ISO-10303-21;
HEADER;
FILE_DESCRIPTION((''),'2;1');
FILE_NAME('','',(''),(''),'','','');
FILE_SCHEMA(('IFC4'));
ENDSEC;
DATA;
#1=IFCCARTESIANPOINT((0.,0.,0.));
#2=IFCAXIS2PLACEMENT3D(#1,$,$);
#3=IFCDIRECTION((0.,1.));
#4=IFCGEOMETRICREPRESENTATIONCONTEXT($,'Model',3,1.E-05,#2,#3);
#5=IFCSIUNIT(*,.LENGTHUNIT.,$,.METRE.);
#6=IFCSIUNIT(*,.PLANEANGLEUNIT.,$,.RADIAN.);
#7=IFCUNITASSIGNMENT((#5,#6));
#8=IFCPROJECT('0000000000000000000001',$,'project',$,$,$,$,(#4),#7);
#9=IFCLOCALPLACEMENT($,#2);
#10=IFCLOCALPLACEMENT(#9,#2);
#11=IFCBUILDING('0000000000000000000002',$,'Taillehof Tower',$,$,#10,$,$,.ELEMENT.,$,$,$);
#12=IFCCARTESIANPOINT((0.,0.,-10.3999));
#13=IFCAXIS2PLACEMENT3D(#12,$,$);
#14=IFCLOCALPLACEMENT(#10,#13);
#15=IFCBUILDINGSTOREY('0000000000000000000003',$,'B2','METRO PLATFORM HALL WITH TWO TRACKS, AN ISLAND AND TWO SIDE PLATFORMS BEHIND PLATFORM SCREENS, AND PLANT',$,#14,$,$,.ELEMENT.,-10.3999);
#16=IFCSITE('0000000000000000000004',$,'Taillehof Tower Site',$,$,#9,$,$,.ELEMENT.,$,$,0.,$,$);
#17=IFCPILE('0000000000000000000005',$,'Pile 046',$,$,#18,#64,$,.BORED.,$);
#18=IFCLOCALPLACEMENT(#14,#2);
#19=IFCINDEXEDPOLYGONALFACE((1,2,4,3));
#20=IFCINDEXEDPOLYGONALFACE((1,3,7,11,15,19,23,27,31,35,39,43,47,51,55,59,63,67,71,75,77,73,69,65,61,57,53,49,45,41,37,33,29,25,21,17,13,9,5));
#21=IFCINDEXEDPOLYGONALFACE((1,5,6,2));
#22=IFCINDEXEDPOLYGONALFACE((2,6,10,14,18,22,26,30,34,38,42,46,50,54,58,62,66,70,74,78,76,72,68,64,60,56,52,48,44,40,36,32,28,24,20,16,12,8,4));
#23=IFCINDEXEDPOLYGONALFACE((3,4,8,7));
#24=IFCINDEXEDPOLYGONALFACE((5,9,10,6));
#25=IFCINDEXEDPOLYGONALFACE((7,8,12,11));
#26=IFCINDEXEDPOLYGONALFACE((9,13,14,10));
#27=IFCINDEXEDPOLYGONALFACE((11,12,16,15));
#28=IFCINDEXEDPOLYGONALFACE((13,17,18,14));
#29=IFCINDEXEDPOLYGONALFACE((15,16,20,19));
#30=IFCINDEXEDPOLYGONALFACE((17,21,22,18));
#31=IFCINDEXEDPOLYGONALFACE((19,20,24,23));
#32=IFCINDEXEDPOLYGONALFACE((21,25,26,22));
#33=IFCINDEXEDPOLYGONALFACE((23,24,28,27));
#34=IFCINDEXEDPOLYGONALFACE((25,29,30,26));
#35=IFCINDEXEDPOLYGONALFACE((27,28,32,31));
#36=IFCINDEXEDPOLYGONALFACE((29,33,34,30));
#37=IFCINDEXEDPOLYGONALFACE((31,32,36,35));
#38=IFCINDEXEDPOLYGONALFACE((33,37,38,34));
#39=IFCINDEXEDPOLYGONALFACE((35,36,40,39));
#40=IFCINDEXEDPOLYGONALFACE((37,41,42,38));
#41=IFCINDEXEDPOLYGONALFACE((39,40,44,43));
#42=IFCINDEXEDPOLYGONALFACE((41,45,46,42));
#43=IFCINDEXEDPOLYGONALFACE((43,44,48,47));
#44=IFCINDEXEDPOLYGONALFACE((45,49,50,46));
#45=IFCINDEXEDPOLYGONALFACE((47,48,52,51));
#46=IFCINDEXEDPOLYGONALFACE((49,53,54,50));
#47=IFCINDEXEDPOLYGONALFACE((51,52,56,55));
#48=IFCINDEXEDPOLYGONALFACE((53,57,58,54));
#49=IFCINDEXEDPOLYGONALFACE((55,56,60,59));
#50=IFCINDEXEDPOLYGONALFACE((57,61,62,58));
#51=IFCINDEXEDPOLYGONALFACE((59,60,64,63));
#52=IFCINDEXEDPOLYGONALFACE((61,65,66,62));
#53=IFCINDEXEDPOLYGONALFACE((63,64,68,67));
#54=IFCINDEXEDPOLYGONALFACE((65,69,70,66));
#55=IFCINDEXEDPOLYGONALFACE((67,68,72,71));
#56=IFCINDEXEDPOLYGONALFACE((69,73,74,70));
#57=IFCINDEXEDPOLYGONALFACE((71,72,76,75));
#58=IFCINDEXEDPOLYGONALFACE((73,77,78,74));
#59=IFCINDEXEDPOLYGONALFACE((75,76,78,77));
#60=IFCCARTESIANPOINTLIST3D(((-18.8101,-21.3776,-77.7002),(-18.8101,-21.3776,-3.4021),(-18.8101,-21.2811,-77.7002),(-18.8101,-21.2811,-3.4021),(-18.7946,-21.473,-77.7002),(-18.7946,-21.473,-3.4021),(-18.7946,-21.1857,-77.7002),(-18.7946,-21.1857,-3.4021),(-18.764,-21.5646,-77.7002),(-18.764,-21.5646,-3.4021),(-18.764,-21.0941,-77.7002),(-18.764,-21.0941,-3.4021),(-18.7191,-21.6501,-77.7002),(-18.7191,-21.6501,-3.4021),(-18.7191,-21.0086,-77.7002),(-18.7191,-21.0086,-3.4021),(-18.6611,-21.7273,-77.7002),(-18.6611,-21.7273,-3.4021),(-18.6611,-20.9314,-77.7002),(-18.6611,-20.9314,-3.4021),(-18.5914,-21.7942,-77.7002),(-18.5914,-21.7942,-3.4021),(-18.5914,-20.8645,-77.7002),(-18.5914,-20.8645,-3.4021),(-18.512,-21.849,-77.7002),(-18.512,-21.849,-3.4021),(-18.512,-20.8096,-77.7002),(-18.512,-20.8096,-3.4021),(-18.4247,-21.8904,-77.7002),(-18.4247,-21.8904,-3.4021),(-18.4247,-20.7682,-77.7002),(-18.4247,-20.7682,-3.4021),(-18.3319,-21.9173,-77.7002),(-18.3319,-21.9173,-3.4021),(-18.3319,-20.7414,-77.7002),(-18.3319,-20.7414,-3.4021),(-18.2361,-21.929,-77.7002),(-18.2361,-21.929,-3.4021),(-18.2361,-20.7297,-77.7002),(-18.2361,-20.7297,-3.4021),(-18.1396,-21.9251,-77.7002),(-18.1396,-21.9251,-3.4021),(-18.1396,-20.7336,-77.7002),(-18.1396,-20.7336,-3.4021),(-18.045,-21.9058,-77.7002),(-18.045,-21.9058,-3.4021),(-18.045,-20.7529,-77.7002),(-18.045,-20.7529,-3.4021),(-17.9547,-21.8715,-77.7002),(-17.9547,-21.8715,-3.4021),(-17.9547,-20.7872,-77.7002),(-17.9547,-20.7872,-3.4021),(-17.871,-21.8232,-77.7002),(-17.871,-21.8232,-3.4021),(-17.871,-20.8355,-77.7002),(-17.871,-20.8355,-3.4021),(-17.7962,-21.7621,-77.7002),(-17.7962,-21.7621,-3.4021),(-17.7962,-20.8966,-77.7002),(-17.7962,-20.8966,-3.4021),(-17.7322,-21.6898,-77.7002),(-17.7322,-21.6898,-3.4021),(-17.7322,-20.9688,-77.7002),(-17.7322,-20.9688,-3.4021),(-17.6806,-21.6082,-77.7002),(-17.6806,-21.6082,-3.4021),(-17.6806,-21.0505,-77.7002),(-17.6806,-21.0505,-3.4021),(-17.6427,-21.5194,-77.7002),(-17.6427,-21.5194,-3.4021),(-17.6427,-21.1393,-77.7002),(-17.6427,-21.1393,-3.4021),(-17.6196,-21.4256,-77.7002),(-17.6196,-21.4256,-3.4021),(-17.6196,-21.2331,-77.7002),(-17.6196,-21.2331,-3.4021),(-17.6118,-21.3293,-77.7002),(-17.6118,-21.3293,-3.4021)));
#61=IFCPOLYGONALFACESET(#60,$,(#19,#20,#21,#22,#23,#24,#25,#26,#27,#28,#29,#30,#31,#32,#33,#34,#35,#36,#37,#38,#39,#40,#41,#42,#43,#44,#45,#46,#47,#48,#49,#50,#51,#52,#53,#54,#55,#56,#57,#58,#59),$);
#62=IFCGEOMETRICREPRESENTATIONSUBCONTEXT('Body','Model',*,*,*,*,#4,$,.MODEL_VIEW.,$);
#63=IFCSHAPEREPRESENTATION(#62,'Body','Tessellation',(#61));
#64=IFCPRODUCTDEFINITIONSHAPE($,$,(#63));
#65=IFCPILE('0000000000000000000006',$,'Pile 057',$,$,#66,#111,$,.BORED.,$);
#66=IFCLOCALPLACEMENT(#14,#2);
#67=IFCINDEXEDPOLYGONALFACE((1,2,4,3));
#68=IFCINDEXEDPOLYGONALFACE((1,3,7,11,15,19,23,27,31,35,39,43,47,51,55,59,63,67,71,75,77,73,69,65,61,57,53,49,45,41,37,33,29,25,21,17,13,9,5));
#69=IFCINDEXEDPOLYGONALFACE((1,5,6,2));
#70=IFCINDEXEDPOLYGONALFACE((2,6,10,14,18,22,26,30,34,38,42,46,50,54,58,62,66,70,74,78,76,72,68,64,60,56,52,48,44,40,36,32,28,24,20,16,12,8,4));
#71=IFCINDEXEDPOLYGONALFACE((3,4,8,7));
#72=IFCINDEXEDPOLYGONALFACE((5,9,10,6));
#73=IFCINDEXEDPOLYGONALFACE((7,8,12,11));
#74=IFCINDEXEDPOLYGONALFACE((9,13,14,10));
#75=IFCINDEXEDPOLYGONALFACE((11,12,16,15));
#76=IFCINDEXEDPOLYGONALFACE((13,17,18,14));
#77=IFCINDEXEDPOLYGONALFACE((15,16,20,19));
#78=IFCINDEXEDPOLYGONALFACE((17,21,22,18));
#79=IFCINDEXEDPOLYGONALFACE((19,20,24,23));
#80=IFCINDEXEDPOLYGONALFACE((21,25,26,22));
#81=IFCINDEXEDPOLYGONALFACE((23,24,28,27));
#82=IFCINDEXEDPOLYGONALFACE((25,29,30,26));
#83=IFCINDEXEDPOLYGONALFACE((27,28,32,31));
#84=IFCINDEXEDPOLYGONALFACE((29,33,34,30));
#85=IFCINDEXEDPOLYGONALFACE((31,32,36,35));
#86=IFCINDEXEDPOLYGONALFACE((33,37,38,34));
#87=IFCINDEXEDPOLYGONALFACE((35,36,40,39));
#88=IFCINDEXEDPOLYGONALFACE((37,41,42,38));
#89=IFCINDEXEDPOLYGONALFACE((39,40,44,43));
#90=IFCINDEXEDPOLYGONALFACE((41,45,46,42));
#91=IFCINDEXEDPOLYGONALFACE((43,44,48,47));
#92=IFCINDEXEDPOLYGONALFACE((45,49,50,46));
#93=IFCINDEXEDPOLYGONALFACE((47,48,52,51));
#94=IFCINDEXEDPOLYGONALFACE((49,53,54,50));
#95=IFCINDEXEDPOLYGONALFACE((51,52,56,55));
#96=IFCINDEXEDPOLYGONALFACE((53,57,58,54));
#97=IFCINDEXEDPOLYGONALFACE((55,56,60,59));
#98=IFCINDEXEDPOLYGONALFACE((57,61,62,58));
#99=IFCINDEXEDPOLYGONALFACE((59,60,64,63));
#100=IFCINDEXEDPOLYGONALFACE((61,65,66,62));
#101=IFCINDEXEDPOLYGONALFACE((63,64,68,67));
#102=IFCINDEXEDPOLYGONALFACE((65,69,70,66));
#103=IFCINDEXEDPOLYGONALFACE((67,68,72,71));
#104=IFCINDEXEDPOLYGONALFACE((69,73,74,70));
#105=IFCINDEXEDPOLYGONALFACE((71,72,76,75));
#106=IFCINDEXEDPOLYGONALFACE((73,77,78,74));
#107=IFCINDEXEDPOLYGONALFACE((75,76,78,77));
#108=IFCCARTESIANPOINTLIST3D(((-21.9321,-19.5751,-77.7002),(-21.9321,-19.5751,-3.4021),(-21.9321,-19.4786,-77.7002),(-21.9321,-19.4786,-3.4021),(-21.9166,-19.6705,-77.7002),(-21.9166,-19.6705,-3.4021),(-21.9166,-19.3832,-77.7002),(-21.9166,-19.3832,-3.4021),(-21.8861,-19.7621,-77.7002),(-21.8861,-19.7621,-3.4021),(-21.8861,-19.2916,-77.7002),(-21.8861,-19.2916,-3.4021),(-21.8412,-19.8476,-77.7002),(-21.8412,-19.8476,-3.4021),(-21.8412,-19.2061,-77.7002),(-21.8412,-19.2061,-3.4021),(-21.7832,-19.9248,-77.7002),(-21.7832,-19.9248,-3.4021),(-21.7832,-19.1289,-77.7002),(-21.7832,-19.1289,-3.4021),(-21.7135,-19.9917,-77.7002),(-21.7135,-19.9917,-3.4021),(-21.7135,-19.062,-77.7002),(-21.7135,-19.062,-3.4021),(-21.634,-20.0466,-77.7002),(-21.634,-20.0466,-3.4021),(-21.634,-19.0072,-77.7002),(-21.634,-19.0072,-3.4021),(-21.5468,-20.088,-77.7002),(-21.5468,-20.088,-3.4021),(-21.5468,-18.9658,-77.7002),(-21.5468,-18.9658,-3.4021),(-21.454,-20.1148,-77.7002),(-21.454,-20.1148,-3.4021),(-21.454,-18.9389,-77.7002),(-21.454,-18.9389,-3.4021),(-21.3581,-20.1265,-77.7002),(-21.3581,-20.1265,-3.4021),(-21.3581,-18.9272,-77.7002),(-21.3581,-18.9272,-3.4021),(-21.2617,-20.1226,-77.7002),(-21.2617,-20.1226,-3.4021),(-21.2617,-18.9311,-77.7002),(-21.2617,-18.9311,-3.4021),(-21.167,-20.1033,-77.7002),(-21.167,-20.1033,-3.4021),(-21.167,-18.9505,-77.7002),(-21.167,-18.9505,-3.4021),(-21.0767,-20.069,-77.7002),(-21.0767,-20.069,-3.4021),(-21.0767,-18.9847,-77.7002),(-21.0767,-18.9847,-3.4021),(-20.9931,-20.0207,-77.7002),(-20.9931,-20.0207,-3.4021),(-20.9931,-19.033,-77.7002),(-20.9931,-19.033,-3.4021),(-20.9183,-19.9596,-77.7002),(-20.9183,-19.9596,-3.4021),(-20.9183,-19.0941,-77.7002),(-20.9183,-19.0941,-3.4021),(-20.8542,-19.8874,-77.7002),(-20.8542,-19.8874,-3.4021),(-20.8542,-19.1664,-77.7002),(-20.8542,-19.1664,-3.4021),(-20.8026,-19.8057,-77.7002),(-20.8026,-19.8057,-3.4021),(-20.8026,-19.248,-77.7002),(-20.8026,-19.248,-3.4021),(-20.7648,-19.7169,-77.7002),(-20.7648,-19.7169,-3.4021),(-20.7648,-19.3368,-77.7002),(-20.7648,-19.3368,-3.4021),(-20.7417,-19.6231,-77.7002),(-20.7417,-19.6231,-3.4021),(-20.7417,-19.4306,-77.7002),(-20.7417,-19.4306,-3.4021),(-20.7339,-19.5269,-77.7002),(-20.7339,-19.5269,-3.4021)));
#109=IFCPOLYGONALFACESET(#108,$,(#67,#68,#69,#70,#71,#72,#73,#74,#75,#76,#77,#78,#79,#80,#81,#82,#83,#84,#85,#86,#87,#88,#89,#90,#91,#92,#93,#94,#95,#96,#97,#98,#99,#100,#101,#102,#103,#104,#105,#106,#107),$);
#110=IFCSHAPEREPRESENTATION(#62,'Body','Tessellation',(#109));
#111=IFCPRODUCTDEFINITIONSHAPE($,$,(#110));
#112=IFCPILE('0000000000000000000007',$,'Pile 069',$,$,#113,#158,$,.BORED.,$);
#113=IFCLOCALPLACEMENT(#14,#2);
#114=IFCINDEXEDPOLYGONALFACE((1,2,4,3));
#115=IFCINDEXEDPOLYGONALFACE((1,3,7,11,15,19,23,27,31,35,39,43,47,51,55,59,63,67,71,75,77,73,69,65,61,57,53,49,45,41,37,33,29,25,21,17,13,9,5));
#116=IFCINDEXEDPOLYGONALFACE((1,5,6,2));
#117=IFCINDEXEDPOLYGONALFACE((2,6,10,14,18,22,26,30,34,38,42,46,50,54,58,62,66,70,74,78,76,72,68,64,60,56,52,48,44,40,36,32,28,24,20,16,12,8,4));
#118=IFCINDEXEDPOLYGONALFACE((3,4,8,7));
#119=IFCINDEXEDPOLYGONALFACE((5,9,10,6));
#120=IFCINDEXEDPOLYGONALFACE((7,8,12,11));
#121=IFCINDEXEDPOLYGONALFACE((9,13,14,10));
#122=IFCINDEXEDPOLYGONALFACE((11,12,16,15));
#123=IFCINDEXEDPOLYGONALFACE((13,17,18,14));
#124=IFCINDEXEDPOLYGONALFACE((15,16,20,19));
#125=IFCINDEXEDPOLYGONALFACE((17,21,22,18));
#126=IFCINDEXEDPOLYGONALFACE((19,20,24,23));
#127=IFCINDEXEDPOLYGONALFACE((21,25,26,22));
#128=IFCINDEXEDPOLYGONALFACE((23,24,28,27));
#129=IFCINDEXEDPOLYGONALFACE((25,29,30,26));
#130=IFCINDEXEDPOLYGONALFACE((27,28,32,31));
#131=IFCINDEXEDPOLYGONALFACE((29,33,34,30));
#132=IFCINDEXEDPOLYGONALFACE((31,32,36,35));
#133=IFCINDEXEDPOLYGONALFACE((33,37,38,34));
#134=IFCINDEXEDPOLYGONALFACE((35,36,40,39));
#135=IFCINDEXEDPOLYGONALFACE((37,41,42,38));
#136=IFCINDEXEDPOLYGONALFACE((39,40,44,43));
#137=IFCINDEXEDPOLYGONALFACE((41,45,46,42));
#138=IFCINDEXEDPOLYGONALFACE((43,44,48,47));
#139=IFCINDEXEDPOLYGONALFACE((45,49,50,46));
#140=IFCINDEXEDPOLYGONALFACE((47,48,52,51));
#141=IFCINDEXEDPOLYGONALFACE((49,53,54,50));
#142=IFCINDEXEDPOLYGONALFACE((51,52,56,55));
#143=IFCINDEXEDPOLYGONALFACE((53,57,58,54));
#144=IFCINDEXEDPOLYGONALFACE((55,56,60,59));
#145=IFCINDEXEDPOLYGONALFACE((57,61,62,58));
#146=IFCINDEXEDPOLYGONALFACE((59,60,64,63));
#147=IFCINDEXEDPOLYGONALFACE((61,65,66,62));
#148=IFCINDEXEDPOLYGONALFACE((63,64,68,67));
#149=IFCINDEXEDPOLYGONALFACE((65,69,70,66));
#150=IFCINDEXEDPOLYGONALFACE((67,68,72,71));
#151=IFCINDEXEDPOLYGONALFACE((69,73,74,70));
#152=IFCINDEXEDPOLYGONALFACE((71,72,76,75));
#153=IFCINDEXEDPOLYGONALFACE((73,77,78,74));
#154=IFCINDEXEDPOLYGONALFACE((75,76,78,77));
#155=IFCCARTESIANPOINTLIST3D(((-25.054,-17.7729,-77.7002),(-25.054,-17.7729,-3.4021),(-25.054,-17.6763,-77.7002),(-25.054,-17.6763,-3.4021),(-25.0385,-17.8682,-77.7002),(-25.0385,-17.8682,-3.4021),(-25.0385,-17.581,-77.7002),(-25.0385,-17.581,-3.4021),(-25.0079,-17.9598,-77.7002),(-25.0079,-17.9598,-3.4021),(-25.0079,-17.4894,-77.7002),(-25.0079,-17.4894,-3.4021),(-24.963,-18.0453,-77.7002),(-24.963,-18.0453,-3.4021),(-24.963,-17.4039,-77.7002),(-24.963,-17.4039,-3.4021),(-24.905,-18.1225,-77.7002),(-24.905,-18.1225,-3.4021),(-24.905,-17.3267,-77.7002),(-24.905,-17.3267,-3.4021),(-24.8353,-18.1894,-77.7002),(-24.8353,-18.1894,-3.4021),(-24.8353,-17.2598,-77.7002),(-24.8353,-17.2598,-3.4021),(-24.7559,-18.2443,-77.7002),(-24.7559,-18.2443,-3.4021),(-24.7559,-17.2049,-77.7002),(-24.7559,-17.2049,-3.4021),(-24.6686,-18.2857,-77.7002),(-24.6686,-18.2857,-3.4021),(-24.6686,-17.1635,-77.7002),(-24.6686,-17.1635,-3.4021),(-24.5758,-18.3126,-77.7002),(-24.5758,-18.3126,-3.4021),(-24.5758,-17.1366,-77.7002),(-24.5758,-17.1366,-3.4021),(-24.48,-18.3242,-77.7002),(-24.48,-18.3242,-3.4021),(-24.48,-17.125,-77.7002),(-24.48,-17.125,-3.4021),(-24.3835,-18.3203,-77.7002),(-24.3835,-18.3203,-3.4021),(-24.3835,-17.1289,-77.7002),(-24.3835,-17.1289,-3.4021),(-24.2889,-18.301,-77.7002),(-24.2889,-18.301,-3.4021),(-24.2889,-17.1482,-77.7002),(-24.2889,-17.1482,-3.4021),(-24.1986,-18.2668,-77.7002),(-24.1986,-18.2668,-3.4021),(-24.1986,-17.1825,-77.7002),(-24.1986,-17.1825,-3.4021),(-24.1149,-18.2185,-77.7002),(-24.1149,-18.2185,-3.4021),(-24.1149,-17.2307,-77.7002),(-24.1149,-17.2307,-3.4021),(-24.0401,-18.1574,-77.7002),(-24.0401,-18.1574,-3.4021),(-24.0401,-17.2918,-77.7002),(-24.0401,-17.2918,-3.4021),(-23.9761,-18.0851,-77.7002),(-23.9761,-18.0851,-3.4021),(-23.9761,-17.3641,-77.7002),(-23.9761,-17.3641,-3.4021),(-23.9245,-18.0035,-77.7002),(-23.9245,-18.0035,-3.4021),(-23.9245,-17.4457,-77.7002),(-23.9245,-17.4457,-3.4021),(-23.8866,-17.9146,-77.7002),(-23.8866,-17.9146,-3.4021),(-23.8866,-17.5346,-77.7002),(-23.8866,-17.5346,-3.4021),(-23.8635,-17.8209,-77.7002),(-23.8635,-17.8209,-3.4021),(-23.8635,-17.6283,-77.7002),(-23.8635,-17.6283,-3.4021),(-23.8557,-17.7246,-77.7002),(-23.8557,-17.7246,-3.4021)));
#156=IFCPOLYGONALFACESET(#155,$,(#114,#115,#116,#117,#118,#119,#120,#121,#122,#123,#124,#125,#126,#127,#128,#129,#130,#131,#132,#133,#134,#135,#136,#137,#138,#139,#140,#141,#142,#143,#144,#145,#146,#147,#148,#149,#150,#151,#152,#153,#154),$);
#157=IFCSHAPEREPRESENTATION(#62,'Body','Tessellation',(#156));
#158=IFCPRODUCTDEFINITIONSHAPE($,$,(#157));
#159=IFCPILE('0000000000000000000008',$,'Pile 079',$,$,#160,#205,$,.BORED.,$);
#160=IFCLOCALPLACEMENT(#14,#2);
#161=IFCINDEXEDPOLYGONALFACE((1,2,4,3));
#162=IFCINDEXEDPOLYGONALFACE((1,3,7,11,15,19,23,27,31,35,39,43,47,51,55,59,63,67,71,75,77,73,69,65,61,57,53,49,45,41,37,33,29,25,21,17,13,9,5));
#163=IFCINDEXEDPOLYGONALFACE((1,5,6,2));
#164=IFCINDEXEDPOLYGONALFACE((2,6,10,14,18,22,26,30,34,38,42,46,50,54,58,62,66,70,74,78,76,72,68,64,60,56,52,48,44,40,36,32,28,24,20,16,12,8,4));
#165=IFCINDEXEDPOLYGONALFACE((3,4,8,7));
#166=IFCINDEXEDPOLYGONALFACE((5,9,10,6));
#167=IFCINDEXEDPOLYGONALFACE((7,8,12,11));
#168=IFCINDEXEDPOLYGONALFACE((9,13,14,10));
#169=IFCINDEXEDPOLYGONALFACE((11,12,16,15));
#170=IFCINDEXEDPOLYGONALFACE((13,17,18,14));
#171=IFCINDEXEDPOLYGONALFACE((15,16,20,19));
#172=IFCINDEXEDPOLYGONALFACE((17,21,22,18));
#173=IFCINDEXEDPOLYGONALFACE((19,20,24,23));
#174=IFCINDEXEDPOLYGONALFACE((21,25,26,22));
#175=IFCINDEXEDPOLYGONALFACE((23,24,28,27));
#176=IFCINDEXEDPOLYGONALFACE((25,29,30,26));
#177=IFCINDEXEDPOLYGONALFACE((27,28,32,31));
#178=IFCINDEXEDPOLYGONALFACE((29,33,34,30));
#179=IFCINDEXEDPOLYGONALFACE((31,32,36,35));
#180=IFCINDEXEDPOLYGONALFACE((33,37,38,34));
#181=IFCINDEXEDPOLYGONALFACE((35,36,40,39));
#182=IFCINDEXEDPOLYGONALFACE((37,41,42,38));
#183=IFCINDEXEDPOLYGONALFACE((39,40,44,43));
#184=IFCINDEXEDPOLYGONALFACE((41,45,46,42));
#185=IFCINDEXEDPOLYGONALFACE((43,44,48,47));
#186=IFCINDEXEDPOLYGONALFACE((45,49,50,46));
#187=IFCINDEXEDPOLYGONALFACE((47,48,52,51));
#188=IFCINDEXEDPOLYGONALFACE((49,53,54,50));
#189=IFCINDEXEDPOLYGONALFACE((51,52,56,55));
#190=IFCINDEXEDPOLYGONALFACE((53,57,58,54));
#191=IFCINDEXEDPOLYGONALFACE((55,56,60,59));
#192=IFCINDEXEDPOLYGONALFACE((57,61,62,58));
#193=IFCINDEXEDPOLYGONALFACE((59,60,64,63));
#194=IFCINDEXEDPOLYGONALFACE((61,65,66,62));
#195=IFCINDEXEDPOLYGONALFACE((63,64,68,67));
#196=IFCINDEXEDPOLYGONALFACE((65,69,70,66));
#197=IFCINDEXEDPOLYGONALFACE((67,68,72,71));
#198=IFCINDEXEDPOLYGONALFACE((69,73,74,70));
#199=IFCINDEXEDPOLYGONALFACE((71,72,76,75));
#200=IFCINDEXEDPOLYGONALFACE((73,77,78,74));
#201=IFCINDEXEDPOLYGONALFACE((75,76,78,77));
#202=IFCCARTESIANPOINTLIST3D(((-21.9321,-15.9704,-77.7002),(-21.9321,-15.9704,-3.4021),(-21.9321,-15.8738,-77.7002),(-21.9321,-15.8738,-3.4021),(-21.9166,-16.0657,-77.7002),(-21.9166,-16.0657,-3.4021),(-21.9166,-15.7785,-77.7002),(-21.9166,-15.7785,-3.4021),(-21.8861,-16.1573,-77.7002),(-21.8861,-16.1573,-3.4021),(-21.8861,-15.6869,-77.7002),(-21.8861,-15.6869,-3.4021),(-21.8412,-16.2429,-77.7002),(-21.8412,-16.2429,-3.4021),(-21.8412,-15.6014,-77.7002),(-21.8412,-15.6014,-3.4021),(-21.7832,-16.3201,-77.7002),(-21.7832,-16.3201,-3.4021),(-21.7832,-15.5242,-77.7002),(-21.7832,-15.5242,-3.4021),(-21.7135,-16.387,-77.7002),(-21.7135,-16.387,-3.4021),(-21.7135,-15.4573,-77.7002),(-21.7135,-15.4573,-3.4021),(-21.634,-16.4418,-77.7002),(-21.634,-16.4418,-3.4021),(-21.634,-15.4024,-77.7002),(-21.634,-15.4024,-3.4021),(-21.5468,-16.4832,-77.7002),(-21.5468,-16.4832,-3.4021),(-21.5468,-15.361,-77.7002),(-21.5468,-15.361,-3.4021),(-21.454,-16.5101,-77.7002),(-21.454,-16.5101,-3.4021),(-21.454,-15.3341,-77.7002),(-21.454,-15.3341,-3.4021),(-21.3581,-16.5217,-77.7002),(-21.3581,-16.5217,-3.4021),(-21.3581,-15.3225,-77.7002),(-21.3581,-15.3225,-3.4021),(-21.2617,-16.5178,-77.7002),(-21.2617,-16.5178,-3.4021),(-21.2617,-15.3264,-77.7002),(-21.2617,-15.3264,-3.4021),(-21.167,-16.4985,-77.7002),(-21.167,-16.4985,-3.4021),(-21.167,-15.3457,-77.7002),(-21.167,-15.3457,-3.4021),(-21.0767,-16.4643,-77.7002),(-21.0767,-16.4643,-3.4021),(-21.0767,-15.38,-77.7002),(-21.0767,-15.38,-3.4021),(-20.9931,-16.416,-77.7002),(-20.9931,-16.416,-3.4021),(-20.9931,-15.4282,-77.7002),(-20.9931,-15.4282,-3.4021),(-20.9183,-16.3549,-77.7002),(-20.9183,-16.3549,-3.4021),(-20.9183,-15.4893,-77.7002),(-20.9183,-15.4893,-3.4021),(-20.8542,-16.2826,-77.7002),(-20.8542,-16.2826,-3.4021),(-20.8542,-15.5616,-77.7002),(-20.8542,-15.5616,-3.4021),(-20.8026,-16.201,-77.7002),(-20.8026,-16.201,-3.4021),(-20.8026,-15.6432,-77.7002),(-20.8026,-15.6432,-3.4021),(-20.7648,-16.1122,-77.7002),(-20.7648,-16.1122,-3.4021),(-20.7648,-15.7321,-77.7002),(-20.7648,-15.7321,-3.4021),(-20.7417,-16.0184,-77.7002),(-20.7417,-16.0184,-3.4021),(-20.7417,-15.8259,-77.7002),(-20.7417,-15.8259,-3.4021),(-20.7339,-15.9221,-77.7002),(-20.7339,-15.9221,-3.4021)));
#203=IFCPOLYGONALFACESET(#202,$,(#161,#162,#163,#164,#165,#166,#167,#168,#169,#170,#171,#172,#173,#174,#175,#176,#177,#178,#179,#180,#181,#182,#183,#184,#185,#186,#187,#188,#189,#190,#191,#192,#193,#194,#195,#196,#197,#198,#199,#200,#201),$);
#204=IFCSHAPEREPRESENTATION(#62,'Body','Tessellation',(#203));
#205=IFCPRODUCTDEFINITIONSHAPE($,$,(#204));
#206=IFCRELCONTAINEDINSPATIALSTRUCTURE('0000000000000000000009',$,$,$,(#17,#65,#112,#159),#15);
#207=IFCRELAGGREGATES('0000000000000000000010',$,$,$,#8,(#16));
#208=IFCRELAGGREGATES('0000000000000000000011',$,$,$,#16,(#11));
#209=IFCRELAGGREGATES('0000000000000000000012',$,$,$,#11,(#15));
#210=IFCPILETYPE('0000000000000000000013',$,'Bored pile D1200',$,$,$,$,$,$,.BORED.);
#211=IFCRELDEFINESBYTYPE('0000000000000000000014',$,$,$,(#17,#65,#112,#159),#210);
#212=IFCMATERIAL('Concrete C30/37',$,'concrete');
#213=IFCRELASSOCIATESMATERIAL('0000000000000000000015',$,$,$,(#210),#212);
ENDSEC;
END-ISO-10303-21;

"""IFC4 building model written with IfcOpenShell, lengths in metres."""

from ifc_helpers import new_model, si_unit, direction, frame, origin, origin_2d, place, context, subcontext, project, spatial, circle, extrude, material, material_profile, profile_set, type_object, element, save


model = new_model("IFC4")

# Units and contexts
model_context = context("Model", 3, precision=1e-05, world=origin(), true_north=direction((0.0, 1.0)))
body_context = subcontext(model_context, "Body", "Model", "MODEL_VIEW")
ifc_project = project(units=[si_unit("LENGTHUNIT", "METRE"), si_unit("PLANEANGLEUNIT", "RADIAN")], contexts=[model_context])

# Site, building, storey
site_placement = place(None, origin())
site = spatial("IfcSite", under=ifc_project, at=site_placement, Name="Taillehof Tower Site", CompositionType="ELEMENT", RefElevation=0.0)
building_placement = place(site_placement, origin())
building = spatial("IfcBuilding", under=site, at=building_placement, Name="Taillehof Tower", CompositionType="ELEMENT")
storey_placement = place(building_placement, frame((0.0, 0.0, -10.3999)))
storey = spatial("IfcBuildingStorey", under=building, at=storey_placement, Name="B2", Description="METRO PLATFORM HALL WITH TWO TRACKS, AN ISLAND AND TWO SIDE PLATFORMS BEHIND PLATFORM SCREENS, AND PLANT", CompositionType="ELEMENT", Elevation=-10.3999)

# Piles
ifc_material_1 = material(Name="Concrete C30/37", Category="concrete")
ifc_material_profile_1 = material_profile(ifc_material_1, circle(Radius=0.6001, at=origin_2d()), Name="BP D1200")
ifc_profile_set_1 = profile_set([ifc_material_profile_1], Name="Concrete C30/37")
pile_type = type_object("IfcPileType", Name="Bored pile D1200", PredefinedType="BORED", material=ifc_profile_set_1)
for number, where, z_axis, x_axis, name in (
    (1, (-18.2119, -21.3293, -3.4021), (0.0, 0.0, -1.0), (1.0, 0.0, 0.0), "Pile 046"),
    (2, (-21.334, -19.5269, -3.4021), (0.0, 0.0, -1.0), (1.0, 0.0, 0.0), "Pile 057"),
    (3, (-24.4558, -17.7246, -3.4021), (0.0, 0.0, -1.0), (1.0, 0.0, 0.0), "Pile 069"),
    (4, (-21.334, -15.9221, -3.4021), (0.0, 0.0, -1.0), (1.0, 0.0, 0.0), "Pile 079"),
):
    element("IfcPile", number, at=place(storey_placement, frame(where, z_axis=z_axis, x_axis=x_axis)), inside=storey, type_object=pile_type, Name=name, PredefinedType="BORED", context=body_context, shape_type="SweptSolid", body=[
        extrude(circle(Radius=0.6001, at=origin_2d()), origin(), (0.0, 0.0, 1.0), 74.2981),
    ])

save(model, "model.ifc")
